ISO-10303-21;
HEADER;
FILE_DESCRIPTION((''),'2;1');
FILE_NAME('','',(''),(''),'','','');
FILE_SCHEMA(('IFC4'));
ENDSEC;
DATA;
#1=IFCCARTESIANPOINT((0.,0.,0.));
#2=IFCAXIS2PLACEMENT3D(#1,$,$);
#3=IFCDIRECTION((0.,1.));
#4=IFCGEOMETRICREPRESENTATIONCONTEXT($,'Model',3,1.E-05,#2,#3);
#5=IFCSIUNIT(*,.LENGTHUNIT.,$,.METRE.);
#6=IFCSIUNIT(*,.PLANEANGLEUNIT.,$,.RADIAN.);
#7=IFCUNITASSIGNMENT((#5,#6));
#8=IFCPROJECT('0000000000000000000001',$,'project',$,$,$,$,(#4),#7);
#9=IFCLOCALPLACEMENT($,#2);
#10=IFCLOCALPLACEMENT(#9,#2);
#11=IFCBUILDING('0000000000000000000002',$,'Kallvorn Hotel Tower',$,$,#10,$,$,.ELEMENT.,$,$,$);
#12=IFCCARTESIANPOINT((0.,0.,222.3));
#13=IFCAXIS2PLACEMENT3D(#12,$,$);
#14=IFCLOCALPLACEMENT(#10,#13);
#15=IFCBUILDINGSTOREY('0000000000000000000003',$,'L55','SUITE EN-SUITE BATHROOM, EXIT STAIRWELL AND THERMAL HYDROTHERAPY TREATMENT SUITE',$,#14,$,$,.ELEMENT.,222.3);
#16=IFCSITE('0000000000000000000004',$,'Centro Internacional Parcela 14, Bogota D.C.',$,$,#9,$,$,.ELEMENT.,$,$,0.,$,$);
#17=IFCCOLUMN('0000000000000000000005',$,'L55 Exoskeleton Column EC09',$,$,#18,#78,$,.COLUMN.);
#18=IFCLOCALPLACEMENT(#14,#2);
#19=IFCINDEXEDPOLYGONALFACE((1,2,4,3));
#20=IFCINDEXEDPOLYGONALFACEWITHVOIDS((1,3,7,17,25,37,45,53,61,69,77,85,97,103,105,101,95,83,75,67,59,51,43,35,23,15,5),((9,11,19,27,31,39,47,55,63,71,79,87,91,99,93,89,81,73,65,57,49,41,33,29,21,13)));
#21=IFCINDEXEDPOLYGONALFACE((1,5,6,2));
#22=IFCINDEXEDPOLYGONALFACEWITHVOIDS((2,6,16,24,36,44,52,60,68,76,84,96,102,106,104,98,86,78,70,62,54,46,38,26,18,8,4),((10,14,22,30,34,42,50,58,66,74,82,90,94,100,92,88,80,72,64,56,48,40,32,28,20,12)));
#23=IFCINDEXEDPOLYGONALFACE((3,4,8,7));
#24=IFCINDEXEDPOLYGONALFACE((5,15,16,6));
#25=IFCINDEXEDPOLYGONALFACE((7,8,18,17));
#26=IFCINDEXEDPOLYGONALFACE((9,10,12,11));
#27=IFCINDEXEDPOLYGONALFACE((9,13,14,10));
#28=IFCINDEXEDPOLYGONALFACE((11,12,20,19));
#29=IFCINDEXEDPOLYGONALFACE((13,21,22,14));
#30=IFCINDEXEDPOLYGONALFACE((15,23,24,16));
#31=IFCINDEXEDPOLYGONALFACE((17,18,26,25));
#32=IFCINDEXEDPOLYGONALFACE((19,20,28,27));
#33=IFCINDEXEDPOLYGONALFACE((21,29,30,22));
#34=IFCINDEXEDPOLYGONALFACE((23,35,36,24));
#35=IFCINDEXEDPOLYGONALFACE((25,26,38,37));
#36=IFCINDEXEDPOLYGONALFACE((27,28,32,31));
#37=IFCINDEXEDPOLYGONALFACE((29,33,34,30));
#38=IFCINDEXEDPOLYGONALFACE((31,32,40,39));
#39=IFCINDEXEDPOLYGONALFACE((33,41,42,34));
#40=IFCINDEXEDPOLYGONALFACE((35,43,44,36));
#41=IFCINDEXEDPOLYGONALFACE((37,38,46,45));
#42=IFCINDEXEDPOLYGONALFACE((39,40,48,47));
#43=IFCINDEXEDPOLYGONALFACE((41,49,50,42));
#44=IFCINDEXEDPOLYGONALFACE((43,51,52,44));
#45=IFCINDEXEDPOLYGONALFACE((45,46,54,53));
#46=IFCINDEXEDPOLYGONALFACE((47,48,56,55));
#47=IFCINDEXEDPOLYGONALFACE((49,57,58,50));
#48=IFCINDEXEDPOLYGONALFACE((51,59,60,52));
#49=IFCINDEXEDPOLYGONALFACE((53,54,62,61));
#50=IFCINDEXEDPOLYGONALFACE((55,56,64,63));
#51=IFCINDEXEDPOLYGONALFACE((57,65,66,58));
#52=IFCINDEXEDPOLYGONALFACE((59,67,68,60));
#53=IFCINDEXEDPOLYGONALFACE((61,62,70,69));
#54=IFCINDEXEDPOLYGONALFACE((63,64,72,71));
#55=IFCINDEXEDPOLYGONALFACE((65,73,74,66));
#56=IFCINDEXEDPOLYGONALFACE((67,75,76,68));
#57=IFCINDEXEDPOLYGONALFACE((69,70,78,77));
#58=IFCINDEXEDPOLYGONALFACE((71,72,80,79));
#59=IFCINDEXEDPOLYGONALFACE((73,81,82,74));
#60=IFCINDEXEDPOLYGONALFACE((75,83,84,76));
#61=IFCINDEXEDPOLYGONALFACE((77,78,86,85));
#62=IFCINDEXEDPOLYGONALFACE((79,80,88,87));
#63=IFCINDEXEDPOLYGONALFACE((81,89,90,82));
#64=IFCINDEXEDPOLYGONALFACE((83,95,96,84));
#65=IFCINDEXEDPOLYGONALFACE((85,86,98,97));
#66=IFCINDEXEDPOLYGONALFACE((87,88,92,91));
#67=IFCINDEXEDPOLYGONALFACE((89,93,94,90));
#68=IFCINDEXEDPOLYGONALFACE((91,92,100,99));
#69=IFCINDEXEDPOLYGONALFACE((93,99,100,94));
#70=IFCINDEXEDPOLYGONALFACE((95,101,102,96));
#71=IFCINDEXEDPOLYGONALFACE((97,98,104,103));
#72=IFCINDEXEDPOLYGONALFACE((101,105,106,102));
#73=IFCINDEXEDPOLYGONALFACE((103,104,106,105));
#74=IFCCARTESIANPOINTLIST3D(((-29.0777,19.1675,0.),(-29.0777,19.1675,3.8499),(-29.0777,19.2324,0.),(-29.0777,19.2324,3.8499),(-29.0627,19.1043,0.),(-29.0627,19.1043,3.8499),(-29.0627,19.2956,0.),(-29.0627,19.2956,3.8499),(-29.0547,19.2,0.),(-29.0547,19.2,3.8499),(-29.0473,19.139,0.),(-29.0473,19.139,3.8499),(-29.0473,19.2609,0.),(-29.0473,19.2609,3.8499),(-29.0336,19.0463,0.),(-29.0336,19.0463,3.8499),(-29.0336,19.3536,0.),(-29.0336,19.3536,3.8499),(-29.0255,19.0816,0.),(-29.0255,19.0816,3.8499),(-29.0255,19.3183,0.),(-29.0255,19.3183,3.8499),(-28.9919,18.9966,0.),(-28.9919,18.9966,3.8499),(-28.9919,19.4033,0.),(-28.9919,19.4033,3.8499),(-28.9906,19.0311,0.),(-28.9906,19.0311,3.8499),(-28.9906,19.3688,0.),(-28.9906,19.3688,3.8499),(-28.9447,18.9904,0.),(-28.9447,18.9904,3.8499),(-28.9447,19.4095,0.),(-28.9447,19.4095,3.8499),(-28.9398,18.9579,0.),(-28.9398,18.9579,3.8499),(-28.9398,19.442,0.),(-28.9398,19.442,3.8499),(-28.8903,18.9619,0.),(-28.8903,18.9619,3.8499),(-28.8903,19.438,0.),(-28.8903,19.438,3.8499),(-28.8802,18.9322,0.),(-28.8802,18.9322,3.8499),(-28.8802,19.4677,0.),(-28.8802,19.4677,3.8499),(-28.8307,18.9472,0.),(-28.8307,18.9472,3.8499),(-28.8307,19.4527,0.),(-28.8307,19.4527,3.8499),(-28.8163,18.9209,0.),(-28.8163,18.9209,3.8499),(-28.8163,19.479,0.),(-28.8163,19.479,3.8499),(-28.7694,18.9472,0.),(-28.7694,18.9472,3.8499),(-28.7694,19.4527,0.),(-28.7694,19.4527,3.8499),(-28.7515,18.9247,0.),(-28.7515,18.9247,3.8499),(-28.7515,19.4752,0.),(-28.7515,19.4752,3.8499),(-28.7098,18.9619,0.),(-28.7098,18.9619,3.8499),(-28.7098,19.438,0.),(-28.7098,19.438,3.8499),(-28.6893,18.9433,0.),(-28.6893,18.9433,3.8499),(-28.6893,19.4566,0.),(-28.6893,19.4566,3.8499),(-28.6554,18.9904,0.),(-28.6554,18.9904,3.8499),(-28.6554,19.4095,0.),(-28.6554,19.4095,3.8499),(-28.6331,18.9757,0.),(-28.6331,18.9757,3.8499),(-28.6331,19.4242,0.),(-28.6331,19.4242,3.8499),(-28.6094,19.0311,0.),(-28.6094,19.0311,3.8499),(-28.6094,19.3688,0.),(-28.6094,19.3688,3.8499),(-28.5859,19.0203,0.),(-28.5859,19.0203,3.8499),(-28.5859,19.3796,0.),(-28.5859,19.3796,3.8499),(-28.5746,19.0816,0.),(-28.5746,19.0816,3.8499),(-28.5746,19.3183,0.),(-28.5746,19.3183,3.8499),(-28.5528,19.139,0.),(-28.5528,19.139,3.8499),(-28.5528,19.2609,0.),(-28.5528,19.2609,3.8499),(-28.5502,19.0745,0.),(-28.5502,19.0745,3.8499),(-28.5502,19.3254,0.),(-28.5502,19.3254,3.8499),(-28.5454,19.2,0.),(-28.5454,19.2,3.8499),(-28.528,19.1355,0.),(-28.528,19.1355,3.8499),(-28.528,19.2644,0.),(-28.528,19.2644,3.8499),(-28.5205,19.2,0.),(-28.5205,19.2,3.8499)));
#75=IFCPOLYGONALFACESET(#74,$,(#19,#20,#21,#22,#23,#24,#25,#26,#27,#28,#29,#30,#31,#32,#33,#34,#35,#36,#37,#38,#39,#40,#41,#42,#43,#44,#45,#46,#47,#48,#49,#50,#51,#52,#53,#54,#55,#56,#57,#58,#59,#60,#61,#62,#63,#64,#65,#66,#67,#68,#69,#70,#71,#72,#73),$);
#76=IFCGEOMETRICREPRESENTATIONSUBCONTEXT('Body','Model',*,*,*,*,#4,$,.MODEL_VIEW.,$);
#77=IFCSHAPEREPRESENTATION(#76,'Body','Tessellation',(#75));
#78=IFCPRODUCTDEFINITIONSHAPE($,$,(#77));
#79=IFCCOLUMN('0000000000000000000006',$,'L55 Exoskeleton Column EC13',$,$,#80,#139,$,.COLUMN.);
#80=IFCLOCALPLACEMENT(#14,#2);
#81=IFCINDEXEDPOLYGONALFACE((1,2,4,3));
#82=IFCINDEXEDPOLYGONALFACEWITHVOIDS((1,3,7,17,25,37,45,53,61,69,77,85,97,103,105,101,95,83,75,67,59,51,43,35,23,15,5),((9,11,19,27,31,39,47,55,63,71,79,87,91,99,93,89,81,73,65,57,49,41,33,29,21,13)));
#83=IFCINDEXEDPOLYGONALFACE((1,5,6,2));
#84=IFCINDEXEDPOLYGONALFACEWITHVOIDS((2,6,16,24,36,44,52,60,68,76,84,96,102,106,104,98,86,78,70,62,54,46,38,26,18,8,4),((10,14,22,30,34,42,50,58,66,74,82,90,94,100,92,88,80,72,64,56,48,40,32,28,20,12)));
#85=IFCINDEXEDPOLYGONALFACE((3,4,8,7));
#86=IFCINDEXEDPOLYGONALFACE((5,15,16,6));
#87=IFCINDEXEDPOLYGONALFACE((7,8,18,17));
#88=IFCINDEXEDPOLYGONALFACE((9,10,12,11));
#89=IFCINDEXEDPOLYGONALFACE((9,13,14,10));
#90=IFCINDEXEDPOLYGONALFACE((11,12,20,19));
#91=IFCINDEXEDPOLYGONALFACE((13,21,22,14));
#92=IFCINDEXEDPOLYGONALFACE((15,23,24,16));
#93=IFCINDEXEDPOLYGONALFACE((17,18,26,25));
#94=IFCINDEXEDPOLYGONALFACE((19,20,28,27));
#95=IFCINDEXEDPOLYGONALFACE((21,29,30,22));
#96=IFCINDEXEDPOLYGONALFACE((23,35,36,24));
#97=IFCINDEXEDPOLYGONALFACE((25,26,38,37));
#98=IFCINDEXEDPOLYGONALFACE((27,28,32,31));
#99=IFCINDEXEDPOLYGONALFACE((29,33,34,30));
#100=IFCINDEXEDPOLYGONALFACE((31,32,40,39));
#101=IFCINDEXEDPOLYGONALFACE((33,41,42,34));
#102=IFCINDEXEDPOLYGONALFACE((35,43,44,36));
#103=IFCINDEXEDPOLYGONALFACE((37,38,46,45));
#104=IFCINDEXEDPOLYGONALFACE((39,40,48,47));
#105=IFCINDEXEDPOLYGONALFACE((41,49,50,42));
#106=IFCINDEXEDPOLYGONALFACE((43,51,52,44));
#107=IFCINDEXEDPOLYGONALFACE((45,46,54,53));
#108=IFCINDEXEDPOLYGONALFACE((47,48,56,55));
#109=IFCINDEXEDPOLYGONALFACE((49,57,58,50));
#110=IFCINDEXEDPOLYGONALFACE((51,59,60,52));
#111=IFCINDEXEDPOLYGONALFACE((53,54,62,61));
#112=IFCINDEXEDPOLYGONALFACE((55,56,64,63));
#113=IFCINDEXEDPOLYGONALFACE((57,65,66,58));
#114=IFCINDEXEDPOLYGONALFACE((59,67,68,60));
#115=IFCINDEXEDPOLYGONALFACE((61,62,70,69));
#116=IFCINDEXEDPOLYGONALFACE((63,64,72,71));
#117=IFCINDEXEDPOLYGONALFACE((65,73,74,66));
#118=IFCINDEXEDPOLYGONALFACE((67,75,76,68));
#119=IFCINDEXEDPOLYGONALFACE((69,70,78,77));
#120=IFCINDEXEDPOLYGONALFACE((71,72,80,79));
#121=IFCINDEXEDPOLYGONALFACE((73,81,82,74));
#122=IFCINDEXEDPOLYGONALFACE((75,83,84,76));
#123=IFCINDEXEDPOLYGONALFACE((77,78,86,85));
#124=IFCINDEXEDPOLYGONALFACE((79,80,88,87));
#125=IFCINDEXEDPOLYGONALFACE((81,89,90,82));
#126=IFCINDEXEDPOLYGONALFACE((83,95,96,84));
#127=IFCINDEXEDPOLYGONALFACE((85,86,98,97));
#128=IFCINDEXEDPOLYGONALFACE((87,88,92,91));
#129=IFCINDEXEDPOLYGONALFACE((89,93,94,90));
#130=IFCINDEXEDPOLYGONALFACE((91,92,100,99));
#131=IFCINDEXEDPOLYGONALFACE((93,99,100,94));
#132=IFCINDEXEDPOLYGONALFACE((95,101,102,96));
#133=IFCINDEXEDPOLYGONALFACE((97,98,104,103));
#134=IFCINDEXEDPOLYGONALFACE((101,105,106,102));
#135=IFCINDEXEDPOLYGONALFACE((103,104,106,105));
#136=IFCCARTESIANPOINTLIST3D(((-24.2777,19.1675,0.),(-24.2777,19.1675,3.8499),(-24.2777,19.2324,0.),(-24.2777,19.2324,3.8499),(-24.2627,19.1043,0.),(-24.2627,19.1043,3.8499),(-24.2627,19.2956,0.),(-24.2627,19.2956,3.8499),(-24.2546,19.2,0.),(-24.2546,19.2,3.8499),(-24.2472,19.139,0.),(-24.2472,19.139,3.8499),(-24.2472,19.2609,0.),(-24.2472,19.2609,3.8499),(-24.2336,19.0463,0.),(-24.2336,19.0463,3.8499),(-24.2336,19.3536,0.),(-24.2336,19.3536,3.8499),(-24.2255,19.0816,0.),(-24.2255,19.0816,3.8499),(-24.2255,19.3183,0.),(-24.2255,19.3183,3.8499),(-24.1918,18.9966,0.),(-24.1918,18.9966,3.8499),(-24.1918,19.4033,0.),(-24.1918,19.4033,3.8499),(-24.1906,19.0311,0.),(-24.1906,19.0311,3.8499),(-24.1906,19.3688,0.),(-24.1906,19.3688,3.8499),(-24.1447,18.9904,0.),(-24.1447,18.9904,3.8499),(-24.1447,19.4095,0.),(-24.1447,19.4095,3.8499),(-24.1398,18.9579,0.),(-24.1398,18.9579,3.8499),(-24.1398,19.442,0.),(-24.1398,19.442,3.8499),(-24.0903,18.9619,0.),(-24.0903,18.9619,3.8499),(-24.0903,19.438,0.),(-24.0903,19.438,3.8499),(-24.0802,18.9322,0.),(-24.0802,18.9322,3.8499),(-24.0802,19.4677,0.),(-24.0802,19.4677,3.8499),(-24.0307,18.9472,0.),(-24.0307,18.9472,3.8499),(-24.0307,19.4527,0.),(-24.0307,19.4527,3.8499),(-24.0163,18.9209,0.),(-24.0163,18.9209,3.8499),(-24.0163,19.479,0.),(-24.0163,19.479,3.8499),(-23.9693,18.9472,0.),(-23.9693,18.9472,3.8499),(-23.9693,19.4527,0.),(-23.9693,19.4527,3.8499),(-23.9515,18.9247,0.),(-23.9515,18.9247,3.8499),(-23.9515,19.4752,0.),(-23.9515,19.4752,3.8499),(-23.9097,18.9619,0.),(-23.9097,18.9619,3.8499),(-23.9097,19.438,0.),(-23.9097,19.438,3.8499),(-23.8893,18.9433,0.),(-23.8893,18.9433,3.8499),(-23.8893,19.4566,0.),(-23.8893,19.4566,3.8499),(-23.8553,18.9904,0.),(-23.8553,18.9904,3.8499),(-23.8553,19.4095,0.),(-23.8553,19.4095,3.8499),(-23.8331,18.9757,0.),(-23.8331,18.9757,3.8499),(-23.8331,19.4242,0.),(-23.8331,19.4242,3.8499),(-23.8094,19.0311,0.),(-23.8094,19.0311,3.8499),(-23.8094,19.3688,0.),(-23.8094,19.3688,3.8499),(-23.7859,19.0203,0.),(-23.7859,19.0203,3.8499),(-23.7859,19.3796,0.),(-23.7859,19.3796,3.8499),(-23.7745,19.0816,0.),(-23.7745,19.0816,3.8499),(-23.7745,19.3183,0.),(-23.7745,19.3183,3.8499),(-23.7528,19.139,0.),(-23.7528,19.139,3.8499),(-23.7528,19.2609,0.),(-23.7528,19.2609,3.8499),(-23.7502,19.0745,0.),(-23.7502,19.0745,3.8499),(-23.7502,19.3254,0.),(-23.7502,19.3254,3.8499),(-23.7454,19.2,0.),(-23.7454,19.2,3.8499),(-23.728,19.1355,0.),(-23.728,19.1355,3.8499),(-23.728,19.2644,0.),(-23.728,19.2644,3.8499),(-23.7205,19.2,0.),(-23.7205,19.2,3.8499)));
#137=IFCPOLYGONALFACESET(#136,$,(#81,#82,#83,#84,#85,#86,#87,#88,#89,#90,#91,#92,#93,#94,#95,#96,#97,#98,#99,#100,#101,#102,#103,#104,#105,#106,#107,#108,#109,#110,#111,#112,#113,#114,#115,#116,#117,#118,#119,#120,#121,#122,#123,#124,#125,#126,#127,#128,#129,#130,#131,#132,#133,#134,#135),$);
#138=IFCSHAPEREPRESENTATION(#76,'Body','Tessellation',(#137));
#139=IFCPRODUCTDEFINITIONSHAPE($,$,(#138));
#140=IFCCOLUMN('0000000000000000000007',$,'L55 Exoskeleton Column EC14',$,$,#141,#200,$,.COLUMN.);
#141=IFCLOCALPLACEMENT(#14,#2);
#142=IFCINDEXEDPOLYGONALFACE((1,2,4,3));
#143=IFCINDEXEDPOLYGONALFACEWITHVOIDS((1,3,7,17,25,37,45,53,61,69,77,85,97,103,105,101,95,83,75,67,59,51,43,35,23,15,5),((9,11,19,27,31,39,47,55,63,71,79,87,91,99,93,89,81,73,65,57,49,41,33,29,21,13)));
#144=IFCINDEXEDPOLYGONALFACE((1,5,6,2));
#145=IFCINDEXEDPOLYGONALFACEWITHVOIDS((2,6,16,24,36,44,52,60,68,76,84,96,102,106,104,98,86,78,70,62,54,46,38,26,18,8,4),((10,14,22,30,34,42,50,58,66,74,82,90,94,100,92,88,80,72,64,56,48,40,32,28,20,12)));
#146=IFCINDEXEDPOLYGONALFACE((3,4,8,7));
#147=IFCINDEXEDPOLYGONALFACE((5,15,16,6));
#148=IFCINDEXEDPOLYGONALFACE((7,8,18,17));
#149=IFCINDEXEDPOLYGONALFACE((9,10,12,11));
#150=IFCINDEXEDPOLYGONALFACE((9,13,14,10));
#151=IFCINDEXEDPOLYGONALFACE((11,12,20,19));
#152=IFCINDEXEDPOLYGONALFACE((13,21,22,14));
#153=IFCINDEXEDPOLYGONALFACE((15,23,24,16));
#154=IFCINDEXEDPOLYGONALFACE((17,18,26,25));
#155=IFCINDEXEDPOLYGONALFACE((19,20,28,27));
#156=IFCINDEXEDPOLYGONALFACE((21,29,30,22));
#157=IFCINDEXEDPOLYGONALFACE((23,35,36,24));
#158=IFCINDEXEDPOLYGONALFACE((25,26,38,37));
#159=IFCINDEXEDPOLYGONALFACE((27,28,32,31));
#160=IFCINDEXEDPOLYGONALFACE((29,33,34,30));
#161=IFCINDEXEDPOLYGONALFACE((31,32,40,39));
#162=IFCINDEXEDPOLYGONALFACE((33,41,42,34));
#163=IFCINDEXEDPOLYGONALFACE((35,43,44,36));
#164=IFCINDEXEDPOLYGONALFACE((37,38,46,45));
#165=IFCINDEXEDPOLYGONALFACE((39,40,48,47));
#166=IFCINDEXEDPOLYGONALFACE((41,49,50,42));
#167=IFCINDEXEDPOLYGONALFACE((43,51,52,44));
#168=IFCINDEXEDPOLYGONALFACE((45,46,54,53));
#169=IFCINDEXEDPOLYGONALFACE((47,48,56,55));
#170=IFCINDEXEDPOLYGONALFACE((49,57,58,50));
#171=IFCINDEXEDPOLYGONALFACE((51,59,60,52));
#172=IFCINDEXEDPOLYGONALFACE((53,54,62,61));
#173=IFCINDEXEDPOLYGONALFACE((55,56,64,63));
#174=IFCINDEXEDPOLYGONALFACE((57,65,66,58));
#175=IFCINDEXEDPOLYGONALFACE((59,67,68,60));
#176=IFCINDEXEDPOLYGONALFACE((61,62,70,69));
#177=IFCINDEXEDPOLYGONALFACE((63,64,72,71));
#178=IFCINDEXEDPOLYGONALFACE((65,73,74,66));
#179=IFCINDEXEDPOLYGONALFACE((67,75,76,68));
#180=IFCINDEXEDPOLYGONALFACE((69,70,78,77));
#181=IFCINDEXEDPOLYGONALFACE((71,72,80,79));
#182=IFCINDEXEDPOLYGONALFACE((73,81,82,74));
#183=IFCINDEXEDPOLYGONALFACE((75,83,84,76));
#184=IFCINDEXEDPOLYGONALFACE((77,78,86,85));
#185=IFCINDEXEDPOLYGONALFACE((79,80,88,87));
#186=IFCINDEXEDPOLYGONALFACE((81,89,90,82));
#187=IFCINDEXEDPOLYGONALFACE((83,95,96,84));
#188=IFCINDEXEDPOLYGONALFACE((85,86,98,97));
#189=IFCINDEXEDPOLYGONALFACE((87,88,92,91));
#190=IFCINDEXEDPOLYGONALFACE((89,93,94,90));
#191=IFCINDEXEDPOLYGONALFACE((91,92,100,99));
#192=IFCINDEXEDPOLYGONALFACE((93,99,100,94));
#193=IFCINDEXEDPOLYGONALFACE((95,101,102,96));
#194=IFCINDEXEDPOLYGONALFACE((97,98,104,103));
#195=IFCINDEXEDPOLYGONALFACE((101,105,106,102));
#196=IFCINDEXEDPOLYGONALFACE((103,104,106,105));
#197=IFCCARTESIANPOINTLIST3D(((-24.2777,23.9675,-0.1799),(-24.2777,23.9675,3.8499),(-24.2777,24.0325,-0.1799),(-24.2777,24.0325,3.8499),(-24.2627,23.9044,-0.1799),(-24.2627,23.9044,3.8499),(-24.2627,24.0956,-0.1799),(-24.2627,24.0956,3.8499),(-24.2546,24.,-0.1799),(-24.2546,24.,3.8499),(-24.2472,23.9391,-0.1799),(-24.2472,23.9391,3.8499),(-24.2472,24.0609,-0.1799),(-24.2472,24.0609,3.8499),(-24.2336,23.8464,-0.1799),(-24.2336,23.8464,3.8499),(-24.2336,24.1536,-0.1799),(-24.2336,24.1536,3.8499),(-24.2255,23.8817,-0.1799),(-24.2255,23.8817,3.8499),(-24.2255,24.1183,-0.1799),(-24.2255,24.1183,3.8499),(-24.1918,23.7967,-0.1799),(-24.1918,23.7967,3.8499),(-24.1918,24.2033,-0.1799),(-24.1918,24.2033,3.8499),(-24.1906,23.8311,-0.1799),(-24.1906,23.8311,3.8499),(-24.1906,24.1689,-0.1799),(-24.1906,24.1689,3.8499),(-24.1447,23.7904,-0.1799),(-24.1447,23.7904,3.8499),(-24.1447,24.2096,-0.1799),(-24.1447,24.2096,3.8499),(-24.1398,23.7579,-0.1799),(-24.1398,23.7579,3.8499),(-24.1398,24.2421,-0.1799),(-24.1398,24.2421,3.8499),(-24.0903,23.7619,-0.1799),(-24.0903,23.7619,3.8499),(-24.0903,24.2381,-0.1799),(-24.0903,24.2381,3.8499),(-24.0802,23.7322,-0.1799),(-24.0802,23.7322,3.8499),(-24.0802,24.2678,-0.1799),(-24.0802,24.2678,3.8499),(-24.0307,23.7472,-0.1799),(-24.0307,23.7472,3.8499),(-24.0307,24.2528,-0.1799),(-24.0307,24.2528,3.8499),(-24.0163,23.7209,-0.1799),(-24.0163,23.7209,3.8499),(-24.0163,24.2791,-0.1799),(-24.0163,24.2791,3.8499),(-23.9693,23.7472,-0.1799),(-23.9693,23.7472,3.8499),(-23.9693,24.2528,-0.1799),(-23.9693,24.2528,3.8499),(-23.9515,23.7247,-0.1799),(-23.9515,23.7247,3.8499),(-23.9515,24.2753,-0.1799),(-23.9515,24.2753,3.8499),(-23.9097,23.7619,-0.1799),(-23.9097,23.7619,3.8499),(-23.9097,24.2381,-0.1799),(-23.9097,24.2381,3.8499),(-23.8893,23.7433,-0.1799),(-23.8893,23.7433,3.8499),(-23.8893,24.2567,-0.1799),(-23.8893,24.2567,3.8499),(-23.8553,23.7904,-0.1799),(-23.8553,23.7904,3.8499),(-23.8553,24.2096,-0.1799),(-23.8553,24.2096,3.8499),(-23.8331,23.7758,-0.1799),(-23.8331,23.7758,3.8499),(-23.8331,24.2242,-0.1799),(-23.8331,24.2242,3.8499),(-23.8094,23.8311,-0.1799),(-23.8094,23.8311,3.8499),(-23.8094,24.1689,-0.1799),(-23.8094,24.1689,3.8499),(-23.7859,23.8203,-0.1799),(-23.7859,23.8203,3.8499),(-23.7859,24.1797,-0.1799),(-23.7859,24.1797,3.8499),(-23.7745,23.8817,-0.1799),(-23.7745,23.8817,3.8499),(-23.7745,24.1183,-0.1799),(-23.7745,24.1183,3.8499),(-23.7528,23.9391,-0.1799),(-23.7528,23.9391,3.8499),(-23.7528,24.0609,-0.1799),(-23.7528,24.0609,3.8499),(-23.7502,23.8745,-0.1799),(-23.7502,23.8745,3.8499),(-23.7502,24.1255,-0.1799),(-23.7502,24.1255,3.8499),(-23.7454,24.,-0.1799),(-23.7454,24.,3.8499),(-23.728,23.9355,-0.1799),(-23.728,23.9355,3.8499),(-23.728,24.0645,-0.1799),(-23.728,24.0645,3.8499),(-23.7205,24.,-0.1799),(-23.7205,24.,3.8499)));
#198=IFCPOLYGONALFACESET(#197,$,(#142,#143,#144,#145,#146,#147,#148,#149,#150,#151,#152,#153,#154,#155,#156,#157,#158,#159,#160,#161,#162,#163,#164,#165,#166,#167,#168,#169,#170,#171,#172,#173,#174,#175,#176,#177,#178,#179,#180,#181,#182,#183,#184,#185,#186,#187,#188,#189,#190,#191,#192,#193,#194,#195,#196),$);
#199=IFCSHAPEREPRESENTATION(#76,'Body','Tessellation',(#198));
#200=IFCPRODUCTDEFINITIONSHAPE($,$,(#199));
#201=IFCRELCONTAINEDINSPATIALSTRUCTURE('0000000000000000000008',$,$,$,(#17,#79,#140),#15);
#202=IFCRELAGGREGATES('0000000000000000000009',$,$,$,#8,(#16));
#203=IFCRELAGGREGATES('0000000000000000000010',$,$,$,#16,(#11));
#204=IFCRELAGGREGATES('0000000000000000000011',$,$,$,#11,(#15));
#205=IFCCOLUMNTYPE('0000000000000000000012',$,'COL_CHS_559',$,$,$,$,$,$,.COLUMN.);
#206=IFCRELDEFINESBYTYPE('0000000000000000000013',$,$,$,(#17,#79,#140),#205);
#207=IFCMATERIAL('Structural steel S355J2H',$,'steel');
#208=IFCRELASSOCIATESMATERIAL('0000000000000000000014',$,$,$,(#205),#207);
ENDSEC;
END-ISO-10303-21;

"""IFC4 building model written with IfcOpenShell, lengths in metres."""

from ifc_helpers import new_model, si_unit, direction, frame, origin, origin_2d, place, context, subcontext, project, spatial, hollow_circle, extrude, material, material_profile, profile_set, type_object, element, save


model = new_model("IFC4")

# Units and contexts
model_context = context("Model", 3, precision=1e-05, world=origin(), true_north=direction((0.0, 1.0)))
body_context = subcontext(model_context, "Body", "Model", "MODEL_VIEW")
ifc_project = project(units=[si_unit("LENGTHUNIT", "METRE"), si_unit("PLANEANGLEUNIT", "RADIAN")], contexts=[model_context])

# Site, building, storey
site_placement = place(None, origin())
site = spatial("IfcSite", under=ifc_project, at=site_placement, Name="Centro Internacional Parcela 14, Bogota D.C.", CompositionType="ELEMENT", RefElevation=0.0)
building_placement = place(site_placement, origin())
building = spatial("IfcBuilding", under=site, at=building_placement, Name="Kallvorn Hotel Tower", CompositionType="ELEMENT")
storey_placement = place(building_placement, frame((0.0, 0.0, 222.3)))
storey = spatial("IfcBuildingStorey", under=building, at=storey_placement, Name="L55", Description="SUITE EN-SUITE BATHROOM, EXIT STAIRWELL AND THERMAL HYDROTHERAPY TREATMENT SUITE", CompositionType="ELEMENT", Elevation=222.3)

# Columns
ifc_material_1 = material(Name="Structural steel S355J2H", Category="steel")
ifc_material_profile_1 = material_profile(ifc_material_1, hollow_circle(Radius=0.2795, WallThickness=0.0249, at=origin_2d()), Name="CHS 559x25")
ifc_profile_set_1 = profile_set([ifc_material_profile_1], Name="Structural steel S355J2H")
column_type_1 = type_object("IfcColumnType", Name="COL_CHS_559", PredefinedType="COLUMN", material=ifc_profile_set_1)
for number, where, z_axis, x_axis, name in (
    (1, (-28.8, 19.2, 0.0), (0.0, 0.0, 1.0), (1.0, 0.0, 0.0), "L55 Exoskeleton Column EC09"),
    (2, (-24.0, 19.2, 0.0), (0.0, 0.0, 1.0), (1.0, 0.0, 0.0), "L55 Exoskeleton Column EC13"),
):
    element("IfcColumn", number, at=place(storey_placement, frame(where, z_axis=z_axis, x_axis=x_axis)), inside=storey, type_object=column_type_1, Name=name, PredefinedType="COLUMN", context=body_context, shape_type="SweptSolid", body=[
        extrude(hollow_circle(Radius=0.2795, WallThickness=0.0249, at=origin_2d()), origin(), (0.0, 0.0, 1.0), 3.8499),
    ])
column_1_placement = place(storey_placement, frame((-24.0, 24.0, -0.1799), z_axis=(0.0, 0.0, 1.0), x_axis=(1.0, 0.0, 0.0)))
element("IfcColumn", 3, at=column_1_placement, inside=storey, type_object=column_type_1, Name="L55 Exoskeleton Column EC14", PredefinedType="COLUMN", context=body_context, shape_type="SweptSolid", body=[
    extrude(hollow_circle(Radius=0.2795, WallThickness=0.0249, at=origin_2d()), origin(), (0.0, 0.0, 1.0), 4.0298),
])

save(model, "model.ifc")
